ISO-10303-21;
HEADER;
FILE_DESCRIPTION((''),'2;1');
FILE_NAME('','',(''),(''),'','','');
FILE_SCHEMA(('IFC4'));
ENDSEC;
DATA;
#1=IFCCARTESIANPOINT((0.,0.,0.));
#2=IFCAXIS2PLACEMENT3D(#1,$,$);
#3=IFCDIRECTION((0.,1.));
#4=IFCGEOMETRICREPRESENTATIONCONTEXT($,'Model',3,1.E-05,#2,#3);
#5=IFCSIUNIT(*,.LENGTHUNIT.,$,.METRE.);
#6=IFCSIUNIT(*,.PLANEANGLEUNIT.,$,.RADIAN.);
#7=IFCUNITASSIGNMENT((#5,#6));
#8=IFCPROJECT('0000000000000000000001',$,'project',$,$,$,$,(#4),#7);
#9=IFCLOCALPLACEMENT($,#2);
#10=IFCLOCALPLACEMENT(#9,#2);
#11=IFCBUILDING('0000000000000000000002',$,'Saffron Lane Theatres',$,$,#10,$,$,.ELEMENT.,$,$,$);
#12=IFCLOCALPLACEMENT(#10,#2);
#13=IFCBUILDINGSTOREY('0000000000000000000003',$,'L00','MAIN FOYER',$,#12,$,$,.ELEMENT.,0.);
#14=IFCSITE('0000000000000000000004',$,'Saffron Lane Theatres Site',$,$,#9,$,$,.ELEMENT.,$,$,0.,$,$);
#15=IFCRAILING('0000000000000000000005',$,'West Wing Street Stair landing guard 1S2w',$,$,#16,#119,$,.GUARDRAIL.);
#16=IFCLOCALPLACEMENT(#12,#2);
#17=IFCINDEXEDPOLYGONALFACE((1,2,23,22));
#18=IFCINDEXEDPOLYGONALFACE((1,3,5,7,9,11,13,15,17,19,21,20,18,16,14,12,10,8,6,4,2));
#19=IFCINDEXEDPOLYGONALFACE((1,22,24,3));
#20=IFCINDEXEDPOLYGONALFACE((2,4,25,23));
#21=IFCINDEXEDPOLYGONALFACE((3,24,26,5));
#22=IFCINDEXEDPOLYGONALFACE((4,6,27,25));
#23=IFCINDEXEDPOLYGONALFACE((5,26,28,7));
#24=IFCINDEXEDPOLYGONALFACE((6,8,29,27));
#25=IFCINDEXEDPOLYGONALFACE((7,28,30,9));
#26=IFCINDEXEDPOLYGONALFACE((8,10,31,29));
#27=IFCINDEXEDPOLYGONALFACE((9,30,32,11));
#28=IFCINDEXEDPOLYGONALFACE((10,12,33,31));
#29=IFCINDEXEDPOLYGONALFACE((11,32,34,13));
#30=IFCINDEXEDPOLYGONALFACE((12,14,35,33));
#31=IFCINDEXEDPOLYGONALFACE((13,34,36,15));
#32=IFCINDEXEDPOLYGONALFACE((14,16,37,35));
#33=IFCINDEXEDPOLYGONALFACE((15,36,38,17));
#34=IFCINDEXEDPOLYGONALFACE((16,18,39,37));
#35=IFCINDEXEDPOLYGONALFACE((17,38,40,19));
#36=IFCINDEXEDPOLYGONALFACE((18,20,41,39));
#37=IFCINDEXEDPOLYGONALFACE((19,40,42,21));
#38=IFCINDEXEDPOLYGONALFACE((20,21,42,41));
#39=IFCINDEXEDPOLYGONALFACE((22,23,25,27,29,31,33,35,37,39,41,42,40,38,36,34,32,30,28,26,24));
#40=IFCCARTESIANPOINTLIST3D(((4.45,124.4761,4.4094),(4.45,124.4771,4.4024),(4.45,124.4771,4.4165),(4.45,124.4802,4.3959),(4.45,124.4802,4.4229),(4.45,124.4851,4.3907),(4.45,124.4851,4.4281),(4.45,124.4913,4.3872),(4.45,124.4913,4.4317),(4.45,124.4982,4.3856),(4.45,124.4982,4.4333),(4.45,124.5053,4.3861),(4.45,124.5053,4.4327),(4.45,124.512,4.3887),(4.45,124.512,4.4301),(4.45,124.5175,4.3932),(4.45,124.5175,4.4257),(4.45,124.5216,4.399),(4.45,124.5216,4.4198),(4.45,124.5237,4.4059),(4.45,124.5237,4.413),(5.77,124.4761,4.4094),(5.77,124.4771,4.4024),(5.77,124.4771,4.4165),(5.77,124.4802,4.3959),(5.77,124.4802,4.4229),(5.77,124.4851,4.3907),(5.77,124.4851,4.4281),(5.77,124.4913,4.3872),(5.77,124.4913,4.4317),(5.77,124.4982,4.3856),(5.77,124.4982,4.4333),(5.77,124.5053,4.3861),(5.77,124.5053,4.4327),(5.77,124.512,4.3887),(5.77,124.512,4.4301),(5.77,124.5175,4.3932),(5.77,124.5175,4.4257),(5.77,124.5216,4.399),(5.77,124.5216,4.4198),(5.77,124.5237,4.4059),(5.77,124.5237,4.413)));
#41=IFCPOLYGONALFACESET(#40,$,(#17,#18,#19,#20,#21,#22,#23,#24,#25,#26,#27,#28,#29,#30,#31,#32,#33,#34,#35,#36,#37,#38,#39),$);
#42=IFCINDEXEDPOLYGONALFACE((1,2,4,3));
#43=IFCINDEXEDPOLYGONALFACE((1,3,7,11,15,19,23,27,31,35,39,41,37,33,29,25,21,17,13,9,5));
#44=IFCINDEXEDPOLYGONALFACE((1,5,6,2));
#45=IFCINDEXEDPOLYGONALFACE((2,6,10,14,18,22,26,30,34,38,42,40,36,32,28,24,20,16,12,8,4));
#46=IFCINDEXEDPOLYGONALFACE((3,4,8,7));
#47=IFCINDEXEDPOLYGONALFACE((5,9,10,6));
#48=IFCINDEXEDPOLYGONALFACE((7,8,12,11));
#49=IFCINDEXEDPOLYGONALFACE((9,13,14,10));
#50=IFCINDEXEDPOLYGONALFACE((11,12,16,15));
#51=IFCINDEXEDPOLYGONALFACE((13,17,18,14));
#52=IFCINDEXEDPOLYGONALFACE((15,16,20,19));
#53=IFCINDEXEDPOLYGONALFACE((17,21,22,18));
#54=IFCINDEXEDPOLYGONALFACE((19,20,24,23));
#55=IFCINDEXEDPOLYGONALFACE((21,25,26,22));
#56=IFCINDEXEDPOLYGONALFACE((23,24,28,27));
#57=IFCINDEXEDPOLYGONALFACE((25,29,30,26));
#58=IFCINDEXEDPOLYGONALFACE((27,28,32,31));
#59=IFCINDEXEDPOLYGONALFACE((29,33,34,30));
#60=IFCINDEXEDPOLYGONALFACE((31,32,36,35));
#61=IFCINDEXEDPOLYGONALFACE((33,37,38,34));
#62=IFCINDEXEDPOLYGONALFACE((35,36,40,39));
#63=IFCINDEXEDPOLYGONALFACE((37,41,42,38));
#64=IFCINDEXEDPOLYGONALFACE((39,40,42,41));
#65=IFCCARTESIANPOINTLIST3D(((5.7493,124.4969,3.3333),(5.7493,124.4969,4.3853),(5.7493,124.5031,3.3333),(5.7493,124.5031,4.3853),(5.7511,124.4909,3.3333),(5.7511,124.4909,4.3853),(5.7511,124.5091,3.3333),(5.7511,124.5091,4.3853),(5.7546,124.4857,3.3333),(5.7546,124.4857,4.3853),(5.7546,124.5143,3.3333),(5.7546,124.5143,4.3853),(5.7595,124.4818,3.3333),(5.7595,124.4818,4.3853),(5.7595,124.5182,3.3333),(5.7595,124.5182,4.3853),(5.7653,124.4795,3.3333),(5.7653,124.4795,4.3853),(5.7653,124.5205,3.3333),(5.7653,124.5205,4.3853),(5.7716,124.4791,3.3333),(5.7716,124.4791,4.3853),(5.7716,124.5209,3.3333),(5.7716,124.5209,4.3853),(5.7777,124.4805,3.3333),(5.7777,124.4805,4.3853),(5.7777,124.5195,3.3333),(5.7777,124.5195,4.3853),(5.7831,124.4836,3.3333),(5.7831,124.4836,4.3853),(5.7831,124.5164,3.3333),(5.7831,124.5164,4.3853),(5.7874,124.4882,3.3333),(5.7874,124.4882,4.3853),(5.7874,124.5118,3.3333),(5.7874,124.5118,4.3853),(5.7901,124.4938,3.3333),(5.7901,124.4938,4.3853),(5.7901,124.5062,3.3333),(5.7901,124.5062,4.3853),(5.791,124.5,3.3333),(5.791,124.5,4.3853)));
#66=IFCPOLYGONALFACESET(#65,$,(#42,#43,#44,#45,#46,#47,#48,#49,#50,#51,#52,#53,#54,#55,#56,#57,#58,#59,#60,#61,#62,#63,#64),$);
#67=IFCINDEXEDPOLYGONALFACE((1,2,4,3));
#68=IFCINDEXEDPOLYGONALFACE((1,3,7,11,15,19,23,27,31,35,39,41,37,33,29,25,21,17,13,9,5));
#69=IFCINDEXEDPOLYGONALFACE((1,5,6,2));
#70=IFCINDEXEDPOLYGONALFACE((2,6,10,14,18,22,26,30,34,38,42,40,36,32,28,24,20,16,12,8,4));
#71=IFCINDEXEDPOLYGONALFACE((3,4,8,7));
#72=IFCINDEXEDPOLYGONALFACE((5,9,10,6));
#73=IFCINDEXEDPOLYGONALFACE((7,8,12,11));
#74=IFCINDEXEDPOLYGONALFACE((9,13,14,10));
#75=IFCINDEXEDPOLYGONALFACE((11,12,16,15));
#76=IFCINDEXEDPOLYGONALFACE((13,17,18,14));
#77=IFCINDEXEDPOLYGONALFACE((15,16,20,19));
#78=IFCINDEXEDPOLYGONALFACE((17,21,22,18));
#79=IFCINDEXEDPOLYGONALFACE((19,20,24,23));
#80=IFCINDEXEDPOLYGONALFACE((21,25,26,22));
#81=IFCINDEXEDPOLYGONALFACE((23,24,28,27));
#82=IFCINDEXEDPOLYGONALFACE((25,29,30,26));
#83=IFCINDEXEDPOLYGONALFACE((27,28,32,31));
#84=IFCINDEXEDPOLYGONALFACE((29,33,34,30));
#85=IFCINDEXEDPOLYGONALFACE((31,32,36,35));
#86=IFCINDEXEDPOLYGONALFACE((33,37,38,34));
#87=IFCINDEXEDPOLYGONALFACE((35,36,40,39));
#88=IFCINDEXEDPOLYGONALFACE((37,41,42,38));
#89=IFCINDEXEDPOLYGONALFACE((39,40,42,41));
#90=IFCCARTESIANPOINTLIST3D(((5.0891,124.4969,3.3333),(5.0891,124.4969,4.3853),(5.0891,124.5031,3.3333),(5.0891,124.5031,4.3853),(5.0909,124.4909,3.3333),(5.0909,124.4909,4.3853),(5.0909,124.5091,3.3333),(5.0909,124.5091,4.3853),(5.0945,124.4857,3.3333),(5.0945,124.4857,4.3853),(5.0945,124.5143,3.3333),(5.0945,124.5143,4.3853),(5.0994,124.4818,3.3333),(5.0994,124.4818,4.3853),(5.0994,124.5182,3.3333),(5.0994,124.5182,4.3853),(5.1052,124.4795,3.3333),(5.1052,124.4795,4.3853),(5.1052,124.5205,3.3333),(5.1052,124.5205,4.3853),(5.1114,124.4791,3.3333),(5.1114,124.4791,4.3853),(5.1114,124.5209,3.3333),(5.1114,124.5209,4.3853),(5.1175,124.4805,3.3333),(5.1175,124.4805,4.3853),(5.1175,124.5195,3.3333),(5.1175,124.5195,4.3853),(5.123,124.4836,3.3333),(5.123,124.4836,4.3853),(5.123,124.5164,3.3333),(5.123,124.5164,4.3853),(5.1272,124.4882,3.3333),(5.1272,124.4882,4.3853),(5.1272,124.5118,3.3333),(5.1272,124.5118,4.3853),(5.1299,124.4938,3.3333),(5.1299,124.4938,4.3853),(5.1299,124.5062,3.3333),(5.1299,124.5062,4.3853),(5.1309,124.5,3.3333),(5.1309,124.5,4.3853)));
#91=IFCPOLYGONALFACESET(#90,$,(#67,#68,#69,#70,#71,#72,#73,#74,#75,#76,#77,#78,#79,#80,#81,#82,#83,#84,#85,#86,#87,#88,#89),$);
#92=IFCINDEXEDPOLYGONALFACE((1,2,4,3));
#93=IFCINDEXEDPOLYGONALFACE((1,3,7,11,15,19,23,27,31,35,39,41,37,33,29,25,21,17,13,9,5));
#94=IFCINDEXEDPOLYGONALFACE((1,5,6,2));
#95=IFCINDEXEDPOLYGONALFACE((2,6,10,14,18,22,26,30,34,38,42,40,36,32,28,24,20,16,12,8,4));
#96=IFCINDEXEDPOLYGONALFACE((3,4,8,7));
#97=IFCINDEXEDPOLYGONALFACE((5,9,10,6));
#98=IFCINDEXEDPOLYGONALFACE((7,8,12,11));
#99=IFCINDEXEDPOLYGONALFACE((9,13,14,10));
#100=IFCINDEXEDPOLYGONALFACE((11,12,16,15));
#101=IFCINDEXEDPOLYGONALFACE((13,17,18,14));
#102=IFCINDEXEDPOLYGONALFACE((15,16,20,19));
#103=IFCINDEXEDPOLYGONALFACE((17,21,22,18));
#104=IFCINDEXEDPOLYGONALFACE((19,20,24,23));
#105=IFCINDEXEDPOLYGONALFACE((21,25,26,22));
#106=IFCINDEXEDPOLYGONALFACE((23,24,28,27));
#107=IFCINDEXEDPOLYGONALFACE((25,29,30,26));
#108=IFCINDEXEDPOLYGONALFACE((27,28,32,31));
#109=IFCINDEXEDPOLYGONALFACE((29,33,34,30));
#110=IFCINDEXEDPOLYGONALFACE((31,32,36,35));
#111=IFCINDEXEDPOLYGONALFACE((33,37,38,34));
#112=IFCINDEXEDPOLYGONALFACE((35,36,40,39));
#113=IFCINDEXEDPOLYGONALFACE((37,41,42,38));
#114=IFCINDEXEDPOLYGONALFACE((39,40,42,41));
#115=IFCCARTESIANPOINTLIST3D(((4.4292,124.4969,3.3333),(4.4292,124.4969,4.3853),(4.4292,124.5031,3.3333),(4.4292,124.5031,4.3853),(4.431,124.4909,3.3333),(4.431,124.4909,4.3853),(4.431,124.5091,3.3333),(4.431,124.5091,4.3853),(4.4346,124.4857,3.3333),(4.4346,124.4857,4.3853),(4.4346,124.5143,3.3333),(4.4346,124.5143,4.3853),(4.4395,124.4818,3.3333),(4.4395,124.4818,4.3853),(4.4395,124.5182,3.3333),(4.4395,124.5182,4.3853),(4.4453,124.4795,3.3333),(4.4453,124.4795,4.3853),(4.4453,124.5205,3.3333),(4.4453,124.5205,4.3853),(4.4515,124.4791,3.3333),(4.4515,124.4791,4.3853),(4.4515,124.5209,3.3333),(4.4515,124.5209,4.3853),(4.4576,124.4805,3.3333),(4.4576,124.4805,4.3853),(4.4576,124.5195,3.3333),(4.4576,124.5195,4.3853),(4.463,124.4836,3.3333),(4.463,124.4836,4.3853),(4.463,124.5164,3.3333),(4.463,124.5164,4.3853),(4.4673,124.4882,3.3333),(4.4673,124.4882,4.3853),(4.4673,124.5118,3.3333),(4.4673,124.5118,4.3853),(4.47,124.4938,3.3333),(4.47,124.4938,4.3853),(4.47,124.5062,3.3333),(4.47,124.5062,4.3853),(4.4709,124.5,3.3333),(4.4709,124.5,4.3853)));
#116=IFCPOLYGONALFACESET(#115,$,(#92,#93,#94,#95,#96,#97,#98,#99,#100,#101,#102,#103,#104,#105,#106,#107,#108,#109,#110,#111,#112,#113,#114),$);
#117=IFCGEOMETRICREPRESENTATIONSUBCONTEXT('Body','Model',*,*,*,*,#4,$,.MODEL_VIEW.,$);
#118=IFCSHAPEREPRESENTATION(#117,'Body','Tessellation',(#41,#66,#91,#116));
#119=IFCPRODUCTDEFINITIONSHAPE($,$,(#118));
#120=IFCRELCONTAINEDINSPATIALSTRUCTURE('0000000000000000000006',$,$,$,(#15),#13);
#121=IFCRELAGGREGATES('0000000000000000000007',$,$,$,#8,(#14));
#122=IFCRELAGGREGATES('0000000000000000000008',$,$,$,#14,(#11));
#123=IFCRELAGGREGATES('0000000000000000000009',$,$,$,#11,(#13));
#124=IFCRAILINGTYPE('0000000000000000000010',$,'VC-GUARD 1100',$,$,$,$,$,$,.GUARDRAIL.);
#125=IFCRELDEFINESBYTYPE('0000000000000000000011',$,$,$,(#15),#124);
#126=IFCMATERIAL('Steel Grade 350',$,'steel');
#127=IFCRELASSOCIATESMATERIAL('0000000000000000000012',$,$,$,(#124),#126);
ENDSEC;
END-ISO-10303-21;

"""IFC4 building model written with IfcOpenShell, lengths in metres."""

from ifc_helpers import new_model, si_unit, direction, frame, origin, origin_2d, place, context, subcontext, project, spatial, circle, extrude, material, type_object, element, save


model = new_model("IFC4")

# Units and contexts
model_context = context("Model", 3, precision=1e-05, world=origin(), true_north=direction((0.0, 1.0)))
body_context = subcontext(model_context, "Body", "Model", "MODEL_VIEW")
ifc_project = project(units=[si_unit("LENGTHUNIT", "METRE"), si_unit("PLANEANGLEUNIT", "RADIAN")], contexts=[model_context])

# Site, building, storey
site_placement = place(None, origin())
site = spatial("IfcSite", under=ifc_project, at=site_placement, Name="Saffron Lane Theatres Site", CompositionType="ELEMENT", RefElevation=0.0)
building_placement = place(site_placement, origin())
building = spatial("IfcBuilding", under=site, at=building_placement, Name="Saffron Lane Theatres", CompositionType="ELEMENT")
storey_placement = place(building_placement, origin())
storey = spatial("IfcBuildingStorey", under=building, at=storey_placement, Name="L00", Description="MAIN FOYER", CompositionType="ELEMENT", Elevation=0.0)

# Railing
ifc_material_1 = material(Name="Steel Grade 350", Category="steel")
railing_type_1 = type_object("IfcRailingType", Name="VC-GUARD 1100", PredefinedType="GUARDRAIL", material=ifc_material_1)
railing_1_placement = place(storey_placement, frame((5.77, 124.5, 3.3333)))
element("IfcRailing", 1, at=railing_1_placement, inside=storey, type_object=railing_type_1, Name="West Wing Street Stair landing guard 1S2w", PredefinedType="GUARDRAIL", context=body_context, shape_type="SweptSolid", body=[
    extrude(circle(Radius=0.0239, at=origin_2d()), frame((0.0, 0.0, 1.0762), z_axis=(-1.0, 0.0, 0.0), x_axis=(0.0, -1.0, 0.0)), (0.0, 0.0, 1.0), 1.3201),
    extrude(circle(Radius=0.021, at=origin_2d()), origin(), (0.0, 0.0, 1.0), 1.052),
    extrude(circle(Radius=0.021, at=origin_2d()), frame((-0.6602, 0.0, 0.0)), (0.0, 0.0, 1.0), 1.052),
    extrude(circle(Radius=0.021, at=origin_2d()), frame((-1.3201, 0.0, 0.0)), (0.0, 0.0, 1.0), 1.052),
])

save(model, "model.ifc")
